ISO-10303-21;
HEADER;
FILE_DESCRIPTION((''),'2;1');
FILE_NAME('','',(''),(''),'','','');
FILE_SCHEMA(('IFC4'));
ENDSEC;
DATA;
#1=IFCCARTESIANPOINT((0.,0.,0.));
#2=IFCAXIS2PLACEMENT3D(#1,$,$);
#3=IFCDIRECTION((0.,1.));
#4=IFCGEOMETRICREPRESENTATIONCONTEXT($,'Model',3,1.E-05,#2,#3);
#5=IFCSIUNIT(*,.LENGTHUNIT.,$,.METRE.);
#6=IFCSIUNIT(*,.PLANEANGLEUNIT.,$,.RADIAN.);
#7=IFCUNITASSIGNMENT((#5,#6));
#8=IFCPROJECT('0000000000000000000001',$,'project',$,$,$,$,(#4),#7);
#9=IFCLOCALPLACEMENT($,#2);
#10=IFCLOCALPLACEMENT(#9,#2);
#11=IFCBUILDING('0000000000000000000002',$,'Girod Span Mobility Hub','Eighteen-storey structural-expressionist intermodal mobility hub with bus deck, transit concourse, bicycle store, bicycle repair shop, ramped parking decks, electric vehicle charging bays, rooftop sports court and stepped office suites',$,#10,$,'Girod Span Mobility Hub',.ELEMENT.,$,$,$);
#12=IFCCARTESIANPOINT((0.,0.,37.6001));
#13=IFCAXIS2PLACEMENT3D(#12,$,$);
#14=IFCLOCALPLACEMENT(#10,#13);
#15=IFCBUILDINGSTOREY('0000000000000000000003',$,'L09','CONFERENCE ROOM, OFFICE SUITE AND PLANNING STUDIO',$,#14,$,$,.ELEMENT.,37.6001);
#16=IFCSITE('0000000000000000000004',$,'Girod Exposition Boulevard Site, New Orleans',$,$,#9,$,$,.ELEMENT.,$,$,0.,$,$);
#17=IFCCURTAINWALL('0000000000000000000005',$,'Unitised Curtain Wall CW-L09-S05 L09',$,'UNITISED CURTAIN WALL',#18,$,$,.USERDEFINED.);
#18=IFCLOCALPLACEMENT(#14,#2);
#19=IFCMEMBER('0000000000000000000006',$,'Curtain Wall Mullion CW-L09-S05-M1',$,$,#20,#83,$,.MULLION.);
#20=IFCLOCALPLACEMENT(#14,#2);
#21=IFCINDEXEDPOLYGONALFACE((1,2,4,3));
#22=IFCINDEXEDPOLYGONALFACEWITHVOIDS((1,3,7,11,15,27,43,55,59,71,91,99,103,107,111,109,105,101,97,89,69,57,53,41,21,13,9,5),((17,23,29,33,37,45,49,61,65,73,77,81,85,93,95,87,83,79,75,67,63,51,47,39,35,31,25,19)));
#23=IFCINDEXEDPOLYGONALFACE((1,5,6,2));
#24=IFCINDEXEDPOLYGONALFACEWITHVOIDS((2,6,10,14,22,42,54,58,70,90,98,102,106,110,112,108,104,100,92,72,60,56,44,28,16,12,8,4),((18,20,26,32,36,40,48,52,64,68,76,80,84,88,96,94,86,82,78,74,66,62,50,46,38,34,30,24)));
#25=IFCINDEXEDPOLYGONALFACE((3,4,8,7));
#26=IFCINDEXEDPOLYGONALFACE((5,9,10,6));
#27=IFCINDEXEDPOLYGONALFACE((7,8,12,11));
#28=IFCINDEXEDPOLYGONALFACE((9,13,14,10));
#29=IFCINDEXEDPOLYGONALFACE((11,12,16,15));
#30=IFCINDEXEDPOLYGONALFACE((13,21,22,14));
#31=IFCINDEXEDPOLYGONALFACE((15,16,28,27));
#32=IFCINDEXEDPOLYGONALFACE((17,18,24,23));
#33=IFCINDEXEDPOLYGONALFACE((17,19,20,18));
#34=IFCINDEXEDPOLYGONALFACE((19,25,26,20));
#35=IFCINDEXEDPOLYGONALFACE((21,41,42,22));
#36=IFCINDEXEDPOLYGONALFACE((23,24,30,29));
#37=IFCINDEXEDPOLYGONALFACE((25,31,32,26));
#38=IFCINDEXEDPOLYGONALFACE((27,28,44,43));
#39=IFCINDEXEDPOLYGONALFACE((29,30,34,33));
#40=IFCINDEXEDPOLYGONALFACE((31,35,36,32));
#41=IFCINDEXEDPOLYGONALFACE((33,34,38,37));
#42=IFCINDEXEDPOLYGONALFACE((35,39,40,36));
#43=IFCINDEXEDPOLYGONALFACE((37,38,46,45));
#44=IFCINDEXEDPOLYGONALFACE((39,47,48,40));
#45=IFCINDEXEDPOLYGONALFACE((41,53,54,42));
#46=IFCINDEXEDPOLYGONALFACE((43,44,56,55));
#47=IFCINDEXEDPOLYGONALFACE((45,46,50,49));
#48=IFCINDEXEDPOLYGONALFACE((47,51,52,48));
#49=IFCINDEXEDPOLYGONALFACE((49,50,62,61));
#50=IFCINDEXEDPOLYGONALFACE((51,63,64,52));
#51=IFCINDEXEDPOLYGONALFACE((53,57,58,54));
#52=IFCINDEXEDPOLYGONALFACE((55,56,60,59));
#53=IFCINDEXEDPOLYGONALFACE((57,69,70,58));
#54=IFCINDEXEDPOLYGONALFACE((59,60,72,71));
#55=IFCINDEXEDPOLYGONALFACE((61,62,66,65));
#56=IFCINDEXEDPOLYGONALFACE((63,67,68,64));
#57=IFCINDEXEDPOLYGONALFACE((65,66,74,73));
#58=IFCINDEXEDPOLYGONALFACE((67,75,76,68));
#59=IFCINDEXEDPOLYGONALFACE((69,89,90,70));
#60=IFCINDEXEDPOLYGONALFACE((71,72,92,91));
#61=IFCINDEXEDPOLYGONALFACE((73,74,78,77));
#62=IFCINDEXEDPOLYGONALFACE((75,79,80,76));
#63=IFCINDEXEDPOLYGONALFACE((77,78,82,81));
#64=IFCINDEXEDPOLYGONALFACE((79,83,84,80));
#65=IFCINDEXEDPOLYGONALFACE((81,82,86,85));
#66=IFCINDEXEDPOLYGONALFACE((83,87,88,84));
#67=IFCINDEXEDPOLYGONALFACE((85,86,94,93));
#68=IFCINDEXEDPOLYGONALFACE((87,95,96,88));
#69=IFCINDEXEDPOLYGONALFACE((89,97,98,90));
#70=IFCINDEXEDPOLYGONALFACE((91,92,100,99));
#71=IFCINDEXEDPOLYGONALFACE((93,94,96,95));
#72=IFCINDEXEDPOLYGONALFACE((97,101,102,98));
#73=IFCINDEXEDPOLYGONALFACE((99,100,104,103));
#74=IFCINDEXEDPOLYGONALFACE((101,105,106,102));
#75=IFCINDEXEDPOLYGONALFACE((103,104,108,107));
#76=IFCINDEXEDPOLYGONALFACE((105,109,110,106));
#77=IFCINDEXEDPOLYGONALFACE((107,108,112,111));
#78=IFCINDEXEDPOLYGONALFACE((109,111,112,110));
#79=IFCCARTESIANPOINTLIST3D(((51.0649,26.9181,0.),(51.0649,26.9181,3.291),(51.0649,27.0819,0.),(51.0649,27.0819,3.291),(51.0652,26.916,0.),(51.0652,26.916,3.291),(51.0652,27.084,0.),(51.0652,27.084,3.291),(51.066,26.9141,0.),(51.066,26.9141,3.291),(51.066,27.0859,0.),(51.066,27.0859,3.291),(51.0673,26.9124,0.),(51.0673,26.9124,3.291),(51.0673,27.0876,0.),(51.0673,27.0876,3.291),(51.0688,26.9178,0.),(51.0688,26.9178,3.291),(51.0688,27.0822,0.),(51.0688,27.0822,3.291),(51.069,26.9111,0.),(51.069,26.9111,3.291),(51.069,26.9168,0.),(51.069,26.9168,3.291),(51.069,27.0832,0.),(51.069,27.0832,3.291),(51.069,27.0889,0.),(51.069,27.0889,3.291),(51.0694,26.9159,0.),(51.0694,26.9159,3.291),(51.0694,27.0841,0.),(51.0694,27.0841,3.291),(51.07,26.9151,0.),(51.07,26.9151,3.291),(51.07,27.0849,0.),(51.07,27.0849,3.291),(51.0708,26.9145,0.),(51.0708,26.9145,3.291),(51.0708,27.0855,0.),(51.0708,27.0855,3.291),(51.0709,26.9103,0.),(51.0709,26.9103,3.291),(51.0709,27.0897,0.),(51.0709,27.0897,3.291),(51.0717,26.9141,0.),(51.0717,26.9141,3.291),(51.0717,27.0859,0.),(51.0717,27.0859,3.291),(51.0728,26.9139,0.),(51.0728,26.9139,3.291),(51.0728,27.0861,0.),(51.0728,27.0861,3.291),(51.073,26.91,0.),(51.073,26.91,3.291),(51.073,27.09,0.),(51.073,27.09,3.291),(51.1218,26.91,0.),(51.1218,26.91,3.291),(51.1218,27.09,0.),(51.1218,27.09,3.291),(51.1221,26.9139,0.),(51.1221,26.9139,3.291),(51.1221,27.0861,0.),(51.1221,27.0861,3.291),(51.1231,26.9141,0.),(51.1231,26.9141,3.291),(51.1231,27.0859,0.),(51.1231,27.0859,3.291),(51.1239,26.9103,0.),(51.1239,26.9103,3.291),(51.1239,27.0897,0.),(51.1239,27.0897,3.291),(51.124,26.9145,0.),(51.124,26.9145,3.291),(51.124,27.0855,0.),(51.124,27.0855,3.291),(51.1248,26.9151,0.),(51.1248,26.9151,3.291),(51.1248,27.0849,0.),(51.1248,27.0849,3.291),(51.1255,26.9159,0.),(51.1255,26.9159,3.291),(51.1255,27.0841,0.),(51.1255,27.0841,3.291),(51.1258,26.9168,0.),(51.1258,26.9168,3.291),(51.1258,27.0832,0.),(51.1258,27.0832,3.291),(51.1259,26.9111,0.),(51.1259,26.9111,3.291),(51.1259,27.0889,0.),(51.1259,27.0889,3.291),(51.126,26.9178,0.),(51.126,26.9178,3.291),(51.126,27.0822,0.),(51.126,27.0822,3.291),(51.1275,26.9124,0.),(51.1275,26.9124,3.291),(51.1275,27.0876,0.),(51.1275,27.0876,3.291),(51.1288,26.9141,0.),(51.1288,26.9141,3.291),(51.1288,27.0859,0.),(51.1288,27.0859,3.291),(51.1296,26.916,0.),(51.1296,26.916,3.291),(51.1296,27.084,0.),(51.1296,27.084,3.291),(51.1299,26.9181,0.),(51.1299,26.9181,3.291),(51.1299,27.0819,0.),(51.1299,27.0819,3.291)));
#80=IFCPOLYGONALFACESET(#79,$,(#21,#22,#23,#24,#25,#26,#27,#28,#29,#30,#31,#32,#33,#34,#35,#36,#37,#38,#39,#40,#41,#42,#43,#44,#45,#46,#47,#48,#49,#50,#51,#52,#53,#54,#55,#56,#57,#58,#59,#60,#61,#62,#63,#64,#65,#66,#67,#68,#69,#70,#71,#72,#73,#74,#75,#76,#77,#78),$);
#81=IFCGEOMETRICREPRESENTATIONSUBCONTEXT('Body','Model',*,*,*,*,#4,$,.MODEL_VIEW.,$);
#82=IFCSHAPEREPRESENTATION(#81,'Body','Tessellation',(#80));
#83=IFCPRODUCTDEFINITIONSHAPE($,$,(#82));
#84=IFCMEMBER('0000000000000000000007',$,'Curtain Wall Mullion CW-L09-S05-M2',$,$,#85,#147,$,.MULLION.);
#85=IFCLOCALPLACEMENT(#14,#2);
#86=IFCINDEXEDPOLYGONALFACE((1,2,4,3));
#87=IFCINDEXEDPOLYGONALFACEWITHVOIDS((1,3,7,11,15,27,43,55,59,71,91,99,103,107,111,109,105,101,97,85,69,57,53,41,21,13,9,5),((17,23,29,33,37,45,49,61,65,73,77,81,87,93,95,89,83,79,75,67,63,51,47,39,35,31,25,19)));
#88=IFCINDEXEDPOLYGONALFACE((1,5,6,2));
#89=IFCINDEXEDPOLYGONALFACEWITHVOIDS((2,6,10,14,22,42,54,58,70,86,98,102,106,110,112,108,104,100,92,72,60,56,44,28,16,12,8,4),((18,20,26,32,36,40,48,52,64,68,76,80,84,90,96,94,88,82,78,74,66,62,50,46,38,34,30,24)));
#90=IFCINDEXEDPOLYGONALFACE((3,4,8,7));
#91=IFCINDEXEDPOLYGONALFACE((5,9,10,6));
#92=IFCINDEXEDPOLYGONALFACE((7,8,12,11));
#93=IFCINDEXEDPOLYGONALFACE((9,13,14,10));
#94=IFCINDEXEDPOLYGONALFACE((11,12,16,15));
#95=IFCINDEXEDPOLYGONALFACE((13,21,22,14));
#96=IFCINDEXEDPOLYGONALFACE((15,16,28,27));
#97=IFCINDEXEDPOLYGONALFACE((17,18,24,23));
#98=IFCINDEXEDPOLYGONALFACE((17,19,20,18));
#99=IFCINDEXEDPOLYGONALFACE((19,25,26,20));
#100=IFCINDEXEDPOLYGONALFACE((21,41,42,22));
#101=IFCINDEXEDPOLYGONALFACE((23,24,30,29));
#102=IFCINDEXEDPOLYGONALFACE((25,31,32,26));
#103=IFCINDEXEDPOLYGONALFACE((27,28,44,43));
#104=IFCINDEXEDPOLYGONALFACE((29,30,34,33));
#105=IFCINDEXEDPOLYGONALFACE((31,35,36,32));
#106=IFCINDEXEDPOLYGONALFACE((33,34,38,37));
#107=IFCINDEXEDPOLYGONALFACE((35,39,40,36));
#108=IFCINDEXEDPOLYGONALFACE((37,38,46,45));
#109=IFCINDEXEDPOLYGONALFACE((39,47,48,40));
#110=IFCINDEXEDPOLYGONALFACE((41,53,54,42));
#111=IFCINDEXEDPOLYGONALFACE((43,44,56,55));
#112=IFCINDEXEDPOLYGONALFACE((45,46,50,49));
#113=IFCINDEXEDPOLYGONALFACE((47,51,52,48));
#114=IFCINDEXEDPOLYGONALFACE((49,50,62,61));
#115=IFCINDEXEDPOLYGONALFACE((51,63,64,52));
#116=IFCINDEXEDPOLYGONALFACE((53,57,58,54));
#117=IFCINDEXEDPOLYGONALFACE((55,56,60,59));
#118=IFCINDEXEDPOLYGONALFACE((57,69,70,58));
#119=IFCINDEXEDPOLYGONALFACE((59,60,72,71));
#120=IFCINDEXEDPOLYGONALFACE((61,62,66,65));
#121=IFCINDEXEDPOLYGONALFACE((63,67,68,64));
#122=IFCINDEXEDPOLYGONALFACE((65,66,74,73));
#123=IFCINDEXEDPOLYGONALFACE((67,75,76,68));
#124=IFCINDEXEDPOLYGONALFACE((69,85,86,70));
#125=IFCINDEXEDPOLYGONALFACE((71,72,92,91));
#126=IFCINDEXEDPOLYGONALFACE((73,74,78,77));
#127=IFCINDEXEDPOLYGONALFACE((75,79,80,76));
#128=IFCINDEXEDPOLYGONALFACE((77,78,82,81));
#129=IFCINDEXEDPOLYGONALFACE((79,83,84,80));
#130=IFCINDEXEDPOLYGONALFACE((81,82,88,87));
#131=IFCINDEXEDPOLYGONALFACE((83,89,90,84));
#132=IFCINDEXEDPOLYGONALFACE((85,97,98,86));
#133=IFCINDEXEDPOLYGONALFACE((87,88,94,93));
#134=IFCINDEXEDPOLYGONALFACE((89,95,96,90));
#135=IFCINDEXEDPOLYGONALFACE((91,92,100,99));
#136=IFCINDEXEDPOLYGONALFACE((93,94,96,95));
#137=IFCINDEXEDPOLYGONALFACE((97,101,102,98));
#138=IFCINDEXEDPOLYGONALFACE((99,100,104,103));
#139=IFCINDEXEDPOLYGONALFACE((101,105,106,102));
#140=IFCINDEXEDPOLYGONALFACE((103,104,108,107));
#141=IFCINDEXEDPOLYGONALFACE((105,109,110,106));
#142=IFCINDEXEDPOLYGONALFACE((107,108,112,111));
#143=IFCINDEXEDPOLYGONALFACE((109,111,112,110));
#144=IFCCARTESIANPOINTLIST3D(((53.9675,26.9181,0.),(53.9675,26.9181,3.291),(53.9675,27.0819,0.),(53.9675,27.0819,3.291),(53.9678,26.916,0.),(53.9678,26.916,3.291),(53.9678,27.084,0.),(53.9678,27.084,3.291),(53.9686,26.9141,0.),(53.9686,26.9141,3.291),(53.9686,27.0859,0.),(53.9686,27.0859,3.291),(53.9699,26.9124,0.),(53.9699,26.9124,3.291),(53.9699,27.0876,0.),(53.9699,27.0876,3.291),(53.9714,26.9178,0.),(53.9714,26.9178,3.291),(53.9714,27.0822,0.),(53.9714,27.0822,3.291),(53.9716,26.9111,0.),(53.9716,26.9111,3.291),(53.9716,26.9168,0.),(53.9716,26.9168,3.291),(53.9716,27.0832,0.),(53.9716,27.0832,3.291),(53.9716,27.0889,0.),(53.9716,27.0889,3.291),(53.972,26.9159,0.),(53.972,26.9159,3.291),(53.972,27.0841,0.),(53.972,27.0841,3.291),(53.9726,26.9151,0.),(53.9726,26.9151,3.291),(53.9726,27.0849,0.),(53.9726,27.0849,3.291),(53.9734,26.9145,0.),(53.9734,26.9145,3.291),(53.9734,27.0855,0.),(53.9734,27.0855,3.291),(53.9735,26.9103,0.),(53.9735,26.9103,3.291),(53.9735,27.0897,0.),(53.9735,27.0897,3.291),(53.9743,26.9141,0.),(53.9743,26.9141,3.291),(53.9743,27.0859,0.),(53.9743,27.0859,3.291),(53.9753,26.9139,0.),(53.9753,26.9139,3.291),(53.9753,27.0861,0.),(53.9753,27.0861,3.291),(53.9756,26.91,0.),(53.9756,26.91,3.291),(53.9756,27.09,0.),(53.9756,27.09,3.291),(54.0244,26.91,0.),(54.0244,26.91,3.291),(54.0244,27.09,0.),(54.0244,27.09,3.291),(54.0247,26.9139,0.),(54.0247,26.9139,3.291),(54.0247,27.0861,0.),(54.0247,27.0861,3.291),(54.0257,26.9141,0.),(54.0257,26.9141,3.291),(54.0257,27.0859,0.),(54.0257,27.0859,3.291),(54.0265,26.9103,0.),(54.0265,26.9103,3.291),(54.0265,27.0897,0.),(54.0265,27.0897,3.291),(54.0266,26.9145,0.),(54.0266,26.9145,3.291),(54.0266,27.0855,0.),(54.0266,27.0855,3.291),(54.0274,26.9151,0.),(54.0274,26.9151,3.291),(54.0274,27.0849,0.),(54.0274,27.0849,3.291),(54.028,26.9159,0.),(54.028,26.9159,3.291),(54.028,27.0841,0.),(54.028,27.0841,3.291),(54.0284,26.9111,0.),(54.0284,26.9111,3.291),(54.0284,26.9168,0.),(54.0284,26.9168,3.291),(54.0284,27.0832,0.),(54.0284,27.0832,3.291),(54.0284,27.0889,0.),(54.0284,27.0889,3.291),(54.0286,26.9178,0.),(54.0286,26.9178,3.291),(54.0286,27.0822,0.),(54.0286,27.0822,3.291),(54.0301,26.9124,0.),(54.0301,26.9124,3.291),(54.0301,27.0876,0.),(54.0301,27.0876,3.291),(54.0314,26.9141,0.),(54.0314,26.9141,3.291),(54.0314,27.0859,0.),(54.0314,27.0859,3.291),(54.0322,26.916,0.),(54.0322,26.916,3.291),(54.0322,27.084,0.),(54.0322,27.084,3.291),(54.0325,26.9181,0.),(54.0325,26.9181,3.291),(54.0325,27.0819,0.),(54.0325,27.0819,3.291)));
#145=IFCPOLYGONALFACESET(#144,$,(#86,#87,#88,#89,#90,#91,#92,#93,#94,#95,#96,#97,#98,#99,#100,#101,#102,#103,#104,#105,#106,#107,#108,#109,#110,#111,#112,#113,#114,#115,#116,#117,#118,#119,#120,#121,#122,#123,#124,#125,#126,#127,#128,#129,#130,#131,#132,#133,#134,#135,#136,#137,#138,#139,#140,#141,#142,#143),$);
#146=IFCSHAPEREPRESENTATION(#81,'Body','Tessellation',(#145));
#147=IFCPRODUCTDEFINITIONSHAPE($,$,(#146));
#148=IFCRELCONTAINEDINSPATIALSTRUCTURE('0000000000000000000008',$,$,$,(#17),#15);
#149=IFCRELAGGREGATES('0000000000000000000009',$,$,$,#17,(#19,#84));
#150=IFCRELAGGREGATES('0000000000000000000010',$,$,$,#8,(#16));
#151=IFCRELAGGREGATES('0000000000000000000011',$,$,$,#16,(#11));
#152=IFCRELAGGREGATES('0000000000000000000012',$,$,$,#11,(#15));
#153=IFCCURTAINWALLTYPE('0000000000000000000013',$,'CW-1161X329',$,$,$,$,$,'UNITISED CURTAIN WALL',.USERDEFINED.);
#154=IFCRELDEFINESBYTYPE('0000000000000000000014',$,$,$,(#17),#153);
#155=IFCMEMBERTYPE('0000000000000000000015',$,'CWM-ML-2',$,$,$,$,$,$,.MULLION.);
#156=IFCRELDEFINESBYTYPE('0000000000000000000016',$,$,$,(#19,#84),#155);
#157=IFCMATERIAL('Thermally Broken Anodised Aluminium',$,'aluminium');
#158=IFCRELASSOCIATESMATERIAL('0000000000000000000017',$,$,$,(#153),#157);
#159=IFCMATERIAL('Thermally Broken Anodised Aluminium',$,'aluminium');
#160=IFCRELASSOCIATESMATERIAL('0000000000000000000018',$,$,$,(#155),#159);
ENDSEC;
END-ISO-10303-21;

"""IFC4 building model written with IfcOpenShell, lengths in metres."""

from ifc_helpers import new_model, si_unit, direction, frame, origin, origin_2d, place, context, subcontext, project, spatial, hollow_rectangle, extrude, material, material_profile, profile_set, type_object, element, aggregate, save


model = new_model("IFC4")

# Units and contexts
model_context = context("Model", 3, precision=1e-05, world=origin(), true_north=direction((0.0, 1.0)))
body_context = subcontext(model_context, "Body", "Model", "MODEL_VIEW")
ifc_project = project(units=[si_unit("LENGTHUNIT", "METRE"), si_unit("PLANEANGLEUNIT", "RADIAN")], contexts=[model_context])

# Site, building, storey
site_placement = place(None, origin())
site = spatial("IfcSite", under=ifc_project, at=site_placement, Name="Girod Exposition Boulevard Site, New Orleans", CompositionType="ELEMENT", RefElevation=0.0)
building_placement = place(site_placement, origin())
building = spatial("IfcBuilding", under=site, at=building_placement, Name="Girod Span Mobility Hub", Description="Eighteen-storey structural-expressionist intermodal mobility hub with bus deck, transit concourse, bicycle store, bicycle repair shop, ramped parking decks, electric vehicle charging bays, rooftop sports court and stepped office suites", LongName="Girod Span Mobility Hub", CompositionType="ELEMENT")
storey_placement = place(building_placement, frame((0.0, 0.0, 37.6001)))
storey = spatial("IfcBuildingStorey", under=building, at=storey_placement, Name="L09", Description="CONFERENCE ROOM, OFFICE SUITE AND PLANNING STUDIO", CompositionType="ELEMENT", Elevation=37.6001)

# Curtain wall, members
ifc_material_1 = material(Name="Thermally Broken Anodised Aluminium", Category="aluminium")
curtain_wall_type = type_object("IfcCurtainWallType", Name="CW-1161X329", ElementType="UNITISED CURTAIN WALL", PredefinedType="USERDEFINED", material=ifc_material_1)
curtain_wall_1_placement = place(storey_placement, origin())
curtain_wall_1 = element("IfcCurtainWall", 1, at=curtain_wall_1_placement, inside=storey, type_object=curtain_wall_type, Name="Unitised Curtain Wall CW-L09-S05 L09", ObjectType="UNITISED CURTAIN WALL", PredefinedType="USERDEFINED")
ifc_material_2 = material(Name="Thermally Broken Anodised Aluminium", Category="aluminium")
ifc_material_profile_1 = material_profile(ifc_material_2, hollow_rectangle(XDim=0.1799, YDim=0.0649, WallThickness=0.0039, InnerFilletRadius=0.0039, OuterFilletRadius=0.0081, at=origin_2d()), Name="CW-ML-65X180")
ifc_profile_set_1 = profile_set([ifc_material_profile_1], Name="Thermally Broken Anodised Aluminium")
member_type_1 = type_object("IfcMemberType", Name="CWM-ML-2", PredefinedType="MULLION", material=ifc_profile_set_1)
member_1_placement = place(storey_placement, frame((51.0974, 27.0, 0.0), z_axis=(0.0, 0.0, 1.0), x_axis=(0.0, 1.0, 0.0)))
member_1 = element("IfcMember", 2, at=member_1_placement, type_object=member_type_1, Name="Curtain Wall Mullion CW-L09-S05-M1", PredefinedType="MULLION", context=body_context, shape_type="SweptSolid", body=[
    extrude(hollow_rectangle(XDim=0.1799, YDim=0.0649, WallThickness=0.0039, InnerFilletRadius=0.0039, OuterFilletRadius=0.0081, at=origin_2d()), origin(), (0.0, 0.0, 1.0), 3.291),
])
member_2_placement = place(storey_placement, frame((54.0, 27.0, 0.0), z_axis=(0.0, 0.0, 1.0), x_axis=(0.0, 1.0, 0.0)))
member_2 = element("IfcMember", 3, at=member_2_placement, type_object=member_type_1, Name="Curtain Wall Mullion CW-L09-S05-M2", PredefinedType="MULLION", context=body_context, shape_type="SweptSolid", body=[
    extrude(hollow_rectangle(XDim=0.1799, YDim=0.0649, WallThickness=0.0039, InnerFilletRadius=0.0039, OuterFilletRadius=0.0081, at=origin_2d()), origin(), (0.0, 0.0, 1.0), 3.291),
])

aggregate(curtain_wall_1, [member_1, member_2])

save(model, "model.ifc")
